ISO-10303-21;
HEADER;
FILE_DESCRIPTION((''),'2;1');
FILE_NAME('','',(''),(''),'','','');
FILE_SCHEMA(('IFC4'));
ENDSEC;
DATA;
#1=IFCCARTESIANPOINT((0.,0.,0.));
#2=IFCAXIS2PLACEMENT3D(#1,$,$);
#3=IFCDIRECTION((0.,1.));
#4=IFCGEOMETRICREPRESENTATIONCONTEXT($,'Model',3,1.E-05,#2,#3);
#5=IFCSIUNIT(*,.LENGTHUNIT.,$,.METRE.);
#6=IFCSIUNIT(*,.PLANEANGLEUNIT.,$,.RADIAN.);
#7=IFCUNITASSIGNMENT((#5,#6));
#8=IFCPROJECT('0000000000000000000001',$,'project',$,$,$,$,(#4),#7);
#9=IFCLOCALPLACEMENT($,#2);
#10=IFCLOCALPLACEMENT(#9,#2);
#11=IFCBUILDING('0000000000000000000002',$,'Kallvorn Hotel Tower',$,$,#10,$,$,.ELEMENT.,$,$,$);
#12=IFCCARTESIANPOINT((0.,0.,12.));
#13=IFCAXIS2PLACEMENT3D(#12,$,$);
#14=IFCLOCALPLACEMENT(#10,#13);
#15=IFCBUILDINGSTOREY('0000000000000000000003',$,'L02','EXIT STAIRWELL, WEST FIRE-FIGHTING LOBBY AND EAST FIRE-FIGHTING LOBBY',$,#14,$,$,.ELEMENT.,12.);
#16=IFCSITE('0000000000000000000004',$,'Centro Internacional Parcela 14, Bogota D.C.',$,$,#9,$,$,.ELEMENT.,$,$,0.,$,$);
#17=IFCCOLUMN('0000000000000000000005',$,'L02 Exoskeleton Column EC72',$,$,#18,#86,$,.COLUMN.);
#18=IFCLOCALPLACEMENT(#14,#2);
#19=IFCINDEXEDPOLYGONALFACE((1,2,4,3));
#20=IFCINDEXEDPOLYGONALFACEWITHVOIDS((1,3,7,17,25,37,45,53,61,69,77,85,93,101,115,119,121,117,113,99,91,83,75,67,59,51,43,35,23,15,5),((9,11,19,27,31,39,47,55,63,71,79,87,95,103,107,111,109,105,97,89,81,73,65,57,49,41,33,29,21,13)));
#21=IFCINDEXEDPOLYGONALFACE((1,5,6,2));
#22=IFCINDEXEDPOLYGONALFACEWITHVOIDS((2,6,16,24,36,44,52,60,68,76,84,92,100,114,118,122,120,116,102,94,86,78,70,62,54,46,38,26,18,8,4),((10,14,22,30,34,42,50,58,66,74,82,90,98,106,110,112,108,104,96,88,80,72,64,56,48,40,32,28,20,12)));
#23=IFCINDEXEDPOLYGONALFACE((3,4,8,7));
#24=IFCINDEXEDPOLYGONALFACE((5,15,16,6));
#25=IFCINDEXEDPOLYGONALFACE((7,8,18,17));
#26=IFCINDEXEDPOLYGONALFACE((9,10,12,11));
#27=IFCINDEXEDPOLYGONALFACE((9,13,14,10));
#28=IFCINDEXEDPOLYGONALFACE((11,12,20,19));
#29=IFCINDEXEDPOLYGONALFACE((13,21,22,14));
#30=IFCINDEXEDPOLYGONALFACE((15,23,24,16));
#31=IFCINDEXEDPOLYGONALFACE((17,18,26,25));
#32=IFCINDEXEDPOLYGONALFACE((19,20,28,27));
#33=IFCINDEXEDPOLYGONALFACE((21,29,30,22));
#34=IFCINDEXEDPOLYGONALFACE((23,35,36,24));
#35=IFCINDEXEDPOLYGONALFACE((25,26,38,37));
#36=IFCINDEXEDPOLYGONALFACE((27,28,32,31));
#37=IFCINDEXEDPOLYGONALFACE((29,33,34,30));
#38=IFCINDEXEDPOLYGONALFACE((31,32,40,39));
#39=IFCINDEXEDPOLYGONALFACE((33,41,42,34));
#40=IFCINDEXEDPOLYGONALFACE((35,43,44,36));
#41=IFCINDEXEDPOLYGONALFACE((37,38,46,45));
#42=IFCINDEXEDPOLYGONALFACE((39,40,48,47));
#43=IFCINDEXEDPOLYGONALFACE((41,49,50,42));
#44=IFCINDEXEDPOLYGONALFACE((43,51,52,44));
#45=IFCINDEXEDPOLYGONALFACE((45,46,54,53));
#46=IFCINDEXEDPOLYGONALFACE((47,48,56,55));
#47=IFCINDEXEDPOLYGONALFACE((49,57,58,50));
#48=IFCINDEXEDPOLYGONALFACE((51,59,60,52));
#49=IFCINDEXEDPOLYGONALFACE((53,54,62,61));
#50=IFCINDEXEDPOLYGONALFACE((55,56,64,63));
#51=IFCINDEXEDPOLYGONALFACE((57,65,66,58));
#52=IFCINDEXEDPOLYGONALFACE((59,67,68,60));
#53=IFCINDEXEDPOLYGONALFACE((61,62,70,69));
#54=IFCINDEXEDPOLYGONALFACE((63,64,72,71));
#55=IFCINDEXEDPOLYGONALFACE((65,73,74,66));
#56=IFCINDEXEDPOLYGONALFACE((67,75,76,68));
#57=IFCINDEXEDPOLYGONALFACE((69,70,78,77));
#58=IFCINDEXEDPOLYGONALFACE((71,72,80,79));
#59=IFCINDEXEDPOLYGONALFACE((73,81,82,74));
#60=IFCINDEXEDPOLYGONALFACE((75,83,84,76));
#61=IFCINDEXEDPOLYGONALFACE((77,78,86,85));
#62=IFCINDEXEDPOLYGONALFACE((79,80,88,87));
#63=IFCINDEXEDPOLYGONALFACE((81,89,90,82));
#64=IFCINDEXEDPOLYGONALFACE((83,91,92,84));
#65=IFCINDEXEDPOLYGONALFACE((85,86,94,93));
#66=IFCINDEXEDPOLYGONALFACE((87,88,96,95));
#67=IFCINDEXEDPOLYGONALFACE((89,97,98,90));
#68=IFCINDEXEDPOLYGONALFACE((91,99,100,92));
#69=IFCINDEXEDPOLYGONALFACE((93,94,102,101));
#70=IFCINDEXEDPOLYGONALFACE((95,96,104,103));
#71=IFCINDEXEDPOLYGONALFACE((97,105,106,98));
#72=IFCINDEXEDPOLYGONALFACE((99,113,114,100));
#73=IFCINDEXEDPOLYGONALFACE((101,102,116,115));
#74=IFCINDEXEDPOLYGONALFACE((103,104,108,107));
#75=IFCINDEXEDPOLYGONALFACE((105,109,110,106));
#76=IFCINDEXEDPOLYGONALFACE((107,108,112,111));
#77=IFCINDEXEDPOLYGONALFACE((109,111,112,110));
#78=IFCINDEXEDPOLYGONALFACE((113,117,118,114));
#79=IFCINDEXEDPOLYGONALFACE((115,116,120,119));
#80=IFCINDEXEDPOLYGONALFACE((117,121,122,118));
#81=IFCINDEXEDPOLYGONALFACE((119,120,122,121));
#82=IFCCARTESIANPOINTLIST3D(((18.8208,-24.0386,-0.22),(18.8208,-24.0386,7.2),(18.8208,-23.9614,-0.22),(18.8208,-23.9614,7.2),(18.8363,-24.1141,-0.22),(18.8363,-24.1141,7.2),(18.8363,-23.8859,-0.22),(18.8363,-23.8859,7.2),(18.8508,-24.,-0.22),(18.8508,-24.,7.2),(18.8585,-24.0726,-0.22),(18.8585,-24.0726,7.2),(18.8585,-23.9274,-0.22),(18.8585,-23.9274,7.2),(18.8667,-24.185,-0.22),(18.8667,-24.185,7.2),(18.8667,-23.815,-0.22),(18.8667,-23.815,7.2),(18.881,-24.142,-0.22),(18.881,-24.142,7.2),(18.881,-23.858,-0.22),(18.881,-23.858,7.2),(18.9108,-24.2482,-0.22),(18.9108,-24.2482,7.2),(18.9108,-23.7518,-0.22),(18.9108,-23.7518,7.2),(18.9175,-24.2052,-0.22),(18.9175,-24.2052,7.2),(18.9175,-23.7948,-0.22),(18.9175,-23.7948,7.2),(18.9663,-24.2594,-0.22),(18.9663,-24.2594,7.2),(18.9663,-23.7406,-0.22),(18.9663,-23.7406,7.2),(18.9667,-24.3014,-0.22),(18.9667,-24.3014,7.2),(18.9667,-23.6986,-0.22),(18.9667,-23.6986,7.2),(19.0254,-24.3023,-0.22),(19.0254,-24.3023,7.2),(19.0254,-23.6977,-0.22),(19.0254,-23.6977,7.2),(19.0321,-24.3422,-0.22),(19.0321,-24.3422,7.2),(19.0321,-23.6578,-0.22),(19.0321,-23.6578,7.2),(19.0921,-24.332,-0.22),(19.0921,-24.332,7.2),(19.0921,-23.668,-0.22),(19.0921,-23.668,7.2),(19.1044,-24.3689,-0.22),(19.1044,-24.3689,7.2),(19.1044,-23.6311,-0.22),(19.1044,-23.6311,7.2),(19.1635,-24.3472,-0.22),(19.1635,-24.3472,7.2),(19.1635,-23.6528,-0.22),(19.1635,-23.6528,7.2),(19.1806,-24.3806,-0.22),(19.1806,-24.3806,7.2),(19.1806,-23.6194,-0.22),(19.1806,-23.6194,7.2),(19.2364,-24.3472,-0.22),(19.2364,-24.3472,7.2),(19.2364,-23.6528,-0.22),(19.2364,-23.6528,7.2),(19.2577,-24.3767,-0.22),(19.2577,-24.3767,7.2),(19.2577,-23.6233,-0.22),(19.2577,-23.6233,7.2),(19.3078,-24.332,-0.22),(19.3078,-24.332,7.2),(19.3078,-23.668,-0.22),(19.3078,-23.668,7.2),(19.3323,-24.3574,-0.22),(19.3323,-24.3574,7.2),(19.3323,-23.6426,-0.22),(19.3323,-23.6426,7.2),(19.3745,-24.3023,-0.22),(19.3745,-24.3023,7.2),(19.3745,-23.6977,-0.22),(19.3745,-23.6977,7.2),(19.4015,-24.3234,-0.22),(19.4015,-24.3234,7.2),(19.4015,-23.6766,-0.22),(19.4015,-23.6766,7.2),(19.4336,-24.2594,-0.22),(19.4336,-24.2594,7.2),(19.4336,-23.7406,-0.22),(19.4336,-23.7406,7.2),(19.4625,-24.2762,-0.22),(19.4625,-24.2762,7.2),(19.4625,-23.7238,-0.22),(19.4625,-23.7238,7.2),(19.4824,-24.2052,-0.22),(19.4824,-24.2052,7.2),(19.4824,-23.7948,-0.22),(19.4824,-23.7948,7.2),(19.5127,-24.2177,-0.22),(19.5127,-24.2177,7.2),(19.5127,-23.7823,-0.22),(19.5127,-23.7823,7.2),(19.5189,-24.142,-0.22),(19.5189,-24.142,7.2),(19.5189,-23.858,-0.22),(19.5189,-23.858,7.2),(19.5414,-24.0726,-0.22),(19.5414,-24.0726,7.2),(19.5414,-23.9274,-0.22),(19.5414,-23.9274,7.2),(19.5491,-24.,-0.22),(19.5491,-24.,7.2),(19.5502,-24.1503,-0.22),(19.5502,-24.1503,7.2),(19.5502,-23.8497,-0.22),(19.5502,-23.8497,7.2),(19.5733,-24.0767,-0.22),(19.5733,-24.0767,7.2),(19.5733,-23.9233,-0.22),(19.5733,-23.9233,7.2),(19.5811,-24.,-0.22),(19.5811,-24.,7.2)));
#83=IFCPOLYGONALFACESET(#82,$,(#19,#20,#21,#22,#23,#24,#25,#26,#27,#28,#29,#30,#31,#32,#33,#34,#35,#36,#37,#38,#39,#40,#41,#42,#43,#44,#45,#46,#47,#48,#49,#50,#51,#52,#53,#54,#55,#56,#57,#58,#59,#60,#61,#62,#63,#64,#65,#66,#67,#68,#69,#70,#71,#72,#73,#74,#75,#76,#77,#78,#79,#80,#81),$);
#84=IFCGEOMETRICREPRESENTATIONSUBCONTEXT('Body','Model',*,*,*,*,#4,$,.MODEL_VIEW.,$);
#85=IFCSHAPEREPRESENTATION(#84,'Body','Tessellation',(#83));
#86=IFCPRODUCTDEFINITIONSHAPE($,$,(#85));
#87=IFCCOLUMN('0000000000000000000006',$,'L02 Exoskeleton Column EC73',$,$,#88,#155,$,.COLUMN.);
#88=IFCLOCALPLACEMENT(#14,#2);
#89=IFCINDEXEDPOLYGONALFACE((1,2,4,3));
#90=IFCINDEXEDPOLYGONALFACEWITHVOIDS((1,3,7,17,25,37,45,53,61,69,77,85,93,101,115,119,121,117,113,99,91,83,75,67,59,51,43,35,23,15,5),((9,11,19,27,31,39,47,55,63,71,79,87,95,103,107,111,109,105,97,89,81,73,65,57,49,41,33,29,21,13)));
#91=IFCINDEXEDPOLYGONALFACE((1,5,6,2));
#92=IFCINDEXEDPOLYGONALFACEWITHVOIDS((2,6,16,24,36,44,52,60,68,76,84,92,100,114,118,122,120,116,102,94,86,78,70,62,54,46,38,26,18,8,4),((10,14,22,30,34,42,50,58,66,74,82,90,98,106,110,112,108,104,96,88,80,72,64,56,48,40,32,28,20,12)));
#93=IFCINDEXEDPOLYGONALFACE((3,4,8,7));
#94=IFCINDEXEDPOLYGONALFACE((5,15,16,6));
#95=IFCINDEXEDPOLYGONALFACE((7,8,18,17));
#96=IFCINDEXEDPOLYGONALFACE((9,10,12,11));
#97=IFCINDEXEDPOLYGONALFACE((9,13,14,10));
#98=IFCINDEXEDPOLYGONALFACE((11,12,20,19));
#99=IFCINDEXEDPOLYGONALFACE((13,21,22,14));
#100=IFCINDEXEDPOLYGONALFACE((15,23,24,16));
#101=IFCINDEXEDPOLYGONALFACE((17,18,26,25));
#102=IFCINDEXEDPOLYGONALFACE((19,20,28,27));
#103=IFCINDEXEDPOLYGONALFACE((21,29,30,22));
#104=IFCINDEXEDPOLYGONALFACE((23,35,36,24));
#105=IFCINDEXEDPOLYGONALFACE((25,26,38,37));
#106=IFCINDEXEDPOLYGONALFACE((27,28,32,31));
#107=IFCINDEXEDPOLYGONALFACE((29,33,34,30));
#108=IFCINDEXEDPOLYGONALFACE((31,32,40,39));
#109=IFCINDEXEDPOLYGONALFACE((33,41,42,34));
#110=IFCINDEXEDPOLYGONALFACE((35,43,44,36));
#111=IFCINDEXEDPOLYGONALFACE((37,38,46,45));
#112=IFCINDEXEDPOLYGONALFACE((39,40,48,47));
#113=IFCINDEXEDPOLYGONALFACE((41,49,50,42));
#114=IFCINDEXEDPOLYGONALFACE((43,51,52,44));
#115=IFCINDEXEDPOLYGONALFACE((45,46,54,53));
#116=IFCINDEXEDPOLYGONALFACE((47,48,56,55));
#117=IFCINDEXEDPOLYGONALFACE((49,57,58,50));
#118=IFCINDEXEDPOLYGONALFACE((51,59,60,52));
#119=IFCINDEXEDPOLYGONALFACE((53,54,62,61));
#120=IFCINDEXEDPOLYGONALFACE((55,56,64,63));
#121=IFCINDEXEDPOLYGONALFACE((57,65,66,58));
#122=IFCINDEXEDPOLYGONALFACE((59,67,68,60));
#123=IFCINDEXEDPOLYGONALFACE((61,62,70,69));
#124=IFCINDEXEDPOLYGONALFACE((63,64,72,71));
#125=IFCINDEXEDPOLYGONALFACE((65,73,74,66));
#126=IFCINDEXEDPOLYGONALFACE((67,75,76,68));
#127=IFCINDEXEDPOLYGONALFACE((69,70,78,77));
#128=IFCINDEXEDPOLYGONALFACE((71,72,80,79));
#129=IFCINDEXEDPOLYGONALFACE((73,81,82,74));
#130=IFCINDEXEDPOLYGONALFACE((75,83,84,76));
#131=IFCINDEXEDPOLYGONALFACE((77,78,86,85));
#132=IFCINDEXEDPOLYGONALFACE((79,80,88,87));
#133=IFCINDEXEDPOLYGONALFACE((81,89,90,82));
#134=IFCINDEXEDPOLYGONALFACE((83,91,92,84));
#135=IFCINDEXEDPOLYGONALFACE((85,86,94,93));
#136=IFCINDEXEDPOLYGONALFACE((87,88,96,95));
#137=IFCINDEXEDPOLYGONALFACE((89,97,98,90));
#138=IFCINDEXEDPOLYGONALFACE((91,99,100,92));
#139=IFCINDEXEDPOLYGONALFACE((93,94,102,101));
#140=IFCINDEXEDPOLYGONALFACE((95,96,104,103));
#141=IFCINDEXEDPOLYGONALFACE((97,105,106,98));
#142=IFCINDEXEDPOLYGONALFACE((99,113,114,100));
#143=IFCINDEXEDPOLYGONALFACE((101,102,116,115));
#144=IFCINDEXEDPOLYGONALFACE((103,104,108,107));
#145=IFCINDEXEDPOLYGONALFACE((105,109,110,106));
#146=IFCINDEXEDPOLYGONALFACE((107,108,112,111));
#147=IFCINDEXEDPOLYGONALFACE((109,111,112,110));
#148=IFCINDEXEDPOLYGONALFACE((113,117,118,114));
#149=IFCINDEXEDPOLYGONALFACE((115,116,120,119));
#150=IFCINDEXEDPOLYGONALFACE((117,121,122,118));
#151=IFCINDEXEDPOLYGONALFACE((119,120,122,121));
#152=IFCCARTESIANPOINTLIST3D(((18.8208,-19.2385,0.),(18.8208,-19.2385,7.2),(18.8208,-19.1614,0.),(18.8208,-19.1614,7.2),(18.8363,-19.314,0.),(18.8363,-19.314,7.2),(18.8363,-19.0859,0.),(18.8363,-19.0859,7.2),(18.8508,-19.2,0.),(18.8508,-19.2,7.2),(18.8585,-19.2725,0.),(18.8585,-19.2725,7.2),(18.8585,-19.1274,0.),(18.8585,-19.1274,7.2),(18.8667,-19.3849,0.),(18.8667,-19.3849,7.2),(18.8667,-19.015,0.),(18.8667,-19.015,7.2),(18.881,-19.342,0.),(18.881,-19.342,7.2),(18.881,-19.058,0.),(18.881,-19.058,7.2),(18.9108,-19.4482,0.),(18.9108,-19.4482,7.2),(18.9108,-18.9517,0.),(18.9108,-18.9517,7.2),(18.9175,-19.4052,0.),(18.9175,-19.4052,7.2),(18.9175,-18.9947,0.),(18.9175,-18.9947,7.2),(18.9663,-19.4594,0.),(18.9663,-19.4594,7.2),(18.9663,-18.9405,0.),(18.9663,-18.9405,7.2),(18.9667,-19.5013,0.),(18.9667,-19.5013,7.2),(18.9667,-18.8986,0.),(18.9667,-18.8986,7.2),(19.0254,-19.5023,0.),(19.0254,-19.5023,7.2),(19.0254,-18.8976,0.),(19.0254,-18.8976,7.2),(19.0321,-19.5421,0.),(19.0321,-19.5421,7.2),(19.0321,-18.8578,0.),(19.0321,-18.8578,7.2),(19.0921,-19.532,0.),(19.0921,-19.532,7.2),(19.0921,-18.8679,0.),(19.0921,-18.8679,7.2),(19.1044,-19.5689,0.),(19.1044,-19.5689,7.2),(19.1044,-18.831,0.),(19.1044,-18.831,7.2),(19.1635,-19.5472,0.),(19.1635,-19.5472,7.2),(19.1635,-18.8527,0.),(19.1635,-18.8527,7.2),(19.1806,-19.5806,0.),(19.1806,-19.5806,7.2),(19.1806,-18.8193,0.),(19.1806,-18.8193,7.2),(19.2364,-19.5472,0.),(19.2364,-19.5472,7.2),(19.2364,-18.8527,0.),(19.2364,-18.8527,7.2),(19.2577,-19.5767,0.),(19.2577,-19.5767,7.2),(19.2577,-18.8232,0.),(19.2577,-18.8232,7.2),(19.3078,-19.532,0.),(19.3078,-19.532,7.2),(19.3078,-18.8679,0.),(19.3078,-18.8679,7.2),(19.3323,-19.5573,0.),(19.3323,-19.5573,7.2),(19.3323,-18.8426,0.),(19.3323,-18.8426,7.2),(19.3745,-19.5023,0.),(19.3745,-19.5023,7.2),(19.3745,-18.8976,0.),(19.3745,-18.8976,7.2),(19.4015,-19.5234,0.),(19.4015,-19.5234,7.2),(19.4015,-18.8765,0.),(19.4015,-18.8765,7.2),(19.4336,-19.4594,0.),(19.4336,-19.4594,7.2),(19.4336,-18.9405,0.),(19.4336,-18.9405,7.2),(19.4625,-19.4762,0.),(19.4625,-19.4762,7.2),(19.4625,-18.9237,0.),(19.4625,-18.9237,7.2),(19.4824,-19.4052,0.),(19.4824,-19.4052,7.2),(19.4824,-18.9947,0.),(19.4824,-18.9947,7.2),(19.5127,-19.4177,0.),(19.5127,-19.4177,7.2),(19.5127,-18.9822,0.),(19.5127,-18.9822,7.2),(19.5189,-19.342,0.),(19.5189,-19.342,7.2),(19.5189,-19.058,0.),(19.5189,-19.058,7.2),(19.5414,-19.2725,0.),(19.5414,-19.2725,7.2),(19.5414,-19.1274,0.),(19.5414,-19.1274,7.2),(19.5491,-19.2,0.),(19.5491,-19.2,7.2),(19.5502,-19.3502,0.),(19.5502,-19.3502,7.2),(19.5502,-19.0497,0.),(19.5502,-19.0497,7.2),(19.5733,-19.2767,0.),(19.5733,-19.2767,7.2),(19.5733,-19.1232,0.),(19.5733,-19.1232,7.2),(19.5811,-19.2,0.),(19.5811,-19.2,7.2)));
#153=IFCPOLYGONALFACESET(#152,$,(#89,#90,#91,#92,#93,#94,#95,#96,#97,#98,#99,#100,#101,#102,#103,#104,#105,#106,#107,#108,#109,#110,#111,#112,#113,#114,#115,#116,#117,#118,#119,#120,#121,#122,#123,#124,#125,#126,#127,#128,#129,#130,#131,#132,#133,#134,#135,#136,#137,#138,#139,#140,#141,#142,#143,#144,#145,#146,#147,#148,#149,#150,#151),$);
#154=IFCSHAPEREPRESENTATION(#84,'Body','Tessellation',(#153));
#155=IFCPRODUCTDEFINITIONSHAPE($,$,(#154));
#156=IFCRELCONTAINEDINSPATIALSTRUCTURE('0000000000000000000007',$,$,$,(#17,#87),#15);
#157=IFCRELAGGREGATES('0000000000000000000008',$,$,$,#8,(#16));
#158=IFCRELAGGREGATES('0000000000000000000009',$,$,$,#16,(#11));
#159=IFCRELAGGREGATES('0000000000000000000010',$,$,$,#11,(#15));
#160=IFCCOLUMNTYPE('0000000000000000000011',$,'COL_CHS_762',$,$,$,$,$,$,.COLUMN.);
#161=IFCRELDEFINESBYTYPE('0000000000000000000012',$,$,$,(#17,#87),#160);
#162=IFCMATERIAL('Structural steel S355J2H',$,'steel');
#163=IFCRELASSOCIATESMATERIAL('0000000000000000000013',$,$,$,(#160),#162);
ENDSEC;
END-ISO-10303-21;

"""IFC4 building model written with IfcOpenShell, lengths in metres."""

from ifc_helpers import new_model, si_unit, direction, frame, origin, origin_2d, place, context, subcontext, project, spatial, hollow_circle, extrude, material, material_profile, profile_set, type_object, element, save


model = new_model("IFC4")

# Units and contexts
model_context = context("Model", 3, precision=1e-05, world=origin(), true_north=direction((0.0, 1.0)))
body_context = subcontext(model_context, "Body", "Model", "MODEL_VIEW")
ifc_project = project(units=[si_unit("LENGTHUNIT", "METRE"), si_unit("PLANEANGLEUNIT", "RADIAN")], contexts=[model_context])

# Site, building, storey
site_placement = place(None, origin())
site = spatial("IfcSite", under=ifc_project, at=site_placement, Name="Centro Internacional Parcela 14, Bogota D.C.", CompositionType="ELEMENT", RefElevation=0.0)
building_placement = place(site_placement, origin())
building = spatial("IfcBuilding", under=site, at=building_placement, Name="Kallvorn Hotel Tower", CompositionType="ELEMENT")
storey_placement = place(building_placement, frame((0.0, 0.0, 12.0)))
storey = spatial("IfcBuildingStorey", under=building, at=storey_placement, Name="L02", Description="EXIT STAIRWELL, WEST FIRE-FIGHTING LOBBY AND EAST FIRE-FIGHTING LOBBY", CompositionType="ELEMENT", Elevation=12.0)

# Columns
ifc_material_1 = material(Name="Structural steel S355J2H", Category="steel")
ifc_material_profile_1 = material_profile(ifc_material_1, hollow_circle(Radius=0.3811, WallThickness=0.032, at=origin_2d()), Name="CHS 762x32")
ifc_profile_set_1 = profile_set([ifc_material_profile_1], Name="Structural steel S355J2H")
column_type_1 = type_object("IfcColumnType", Name="COL_CHS_762", PredefinedType="COLUMN", material=ifc_profile_set_1)
column_1_placement = place(storey_placement, frame((19.2, -24.0, -0.22), z_axis=(0.0, 0.0, 1.0), x_axis=(1.0, 0.0, 0.0)))
element("IfcColumn", 1, at=column_1_placement, inside=storey, type_object=column_type_1, Name="L02 Exoskeleton Column EC72", PredefinedType="COLUMN", context=body_context, shape_type="SweptSolid", body=[
    extrude(hollow_circle(Radius=0.3811, WallThickness=0.032, at=origin_2d()), origin(), (0.0, 0.0, 1.0), 7.4199),
])
for number, where, z_axis, x_axis, name in (
    (2, (19.2, -19.2, 0.0), (0.0, 0.0, 1.0), (1.0, 0.0, 0.0), "L02 Exoskeleton Column EC73"),
):
    element("IfcColumn", number, at=place(storey_placement, frame(where, z_axis=z_axis, x_axis=x_axis)), inside=storey, type_object=column_type_1, Name=name, PredefinedType="COLUMN", context=body_context, shape_type="SweptSolid", body=[
        extrude(hollow_circle(Radius=0.3811, WallThickness=0.032, at=origin_2d()), origin(), (0.0, 0.0, 1.0), 7.2),
    ])

save(model, "model.ifc")
